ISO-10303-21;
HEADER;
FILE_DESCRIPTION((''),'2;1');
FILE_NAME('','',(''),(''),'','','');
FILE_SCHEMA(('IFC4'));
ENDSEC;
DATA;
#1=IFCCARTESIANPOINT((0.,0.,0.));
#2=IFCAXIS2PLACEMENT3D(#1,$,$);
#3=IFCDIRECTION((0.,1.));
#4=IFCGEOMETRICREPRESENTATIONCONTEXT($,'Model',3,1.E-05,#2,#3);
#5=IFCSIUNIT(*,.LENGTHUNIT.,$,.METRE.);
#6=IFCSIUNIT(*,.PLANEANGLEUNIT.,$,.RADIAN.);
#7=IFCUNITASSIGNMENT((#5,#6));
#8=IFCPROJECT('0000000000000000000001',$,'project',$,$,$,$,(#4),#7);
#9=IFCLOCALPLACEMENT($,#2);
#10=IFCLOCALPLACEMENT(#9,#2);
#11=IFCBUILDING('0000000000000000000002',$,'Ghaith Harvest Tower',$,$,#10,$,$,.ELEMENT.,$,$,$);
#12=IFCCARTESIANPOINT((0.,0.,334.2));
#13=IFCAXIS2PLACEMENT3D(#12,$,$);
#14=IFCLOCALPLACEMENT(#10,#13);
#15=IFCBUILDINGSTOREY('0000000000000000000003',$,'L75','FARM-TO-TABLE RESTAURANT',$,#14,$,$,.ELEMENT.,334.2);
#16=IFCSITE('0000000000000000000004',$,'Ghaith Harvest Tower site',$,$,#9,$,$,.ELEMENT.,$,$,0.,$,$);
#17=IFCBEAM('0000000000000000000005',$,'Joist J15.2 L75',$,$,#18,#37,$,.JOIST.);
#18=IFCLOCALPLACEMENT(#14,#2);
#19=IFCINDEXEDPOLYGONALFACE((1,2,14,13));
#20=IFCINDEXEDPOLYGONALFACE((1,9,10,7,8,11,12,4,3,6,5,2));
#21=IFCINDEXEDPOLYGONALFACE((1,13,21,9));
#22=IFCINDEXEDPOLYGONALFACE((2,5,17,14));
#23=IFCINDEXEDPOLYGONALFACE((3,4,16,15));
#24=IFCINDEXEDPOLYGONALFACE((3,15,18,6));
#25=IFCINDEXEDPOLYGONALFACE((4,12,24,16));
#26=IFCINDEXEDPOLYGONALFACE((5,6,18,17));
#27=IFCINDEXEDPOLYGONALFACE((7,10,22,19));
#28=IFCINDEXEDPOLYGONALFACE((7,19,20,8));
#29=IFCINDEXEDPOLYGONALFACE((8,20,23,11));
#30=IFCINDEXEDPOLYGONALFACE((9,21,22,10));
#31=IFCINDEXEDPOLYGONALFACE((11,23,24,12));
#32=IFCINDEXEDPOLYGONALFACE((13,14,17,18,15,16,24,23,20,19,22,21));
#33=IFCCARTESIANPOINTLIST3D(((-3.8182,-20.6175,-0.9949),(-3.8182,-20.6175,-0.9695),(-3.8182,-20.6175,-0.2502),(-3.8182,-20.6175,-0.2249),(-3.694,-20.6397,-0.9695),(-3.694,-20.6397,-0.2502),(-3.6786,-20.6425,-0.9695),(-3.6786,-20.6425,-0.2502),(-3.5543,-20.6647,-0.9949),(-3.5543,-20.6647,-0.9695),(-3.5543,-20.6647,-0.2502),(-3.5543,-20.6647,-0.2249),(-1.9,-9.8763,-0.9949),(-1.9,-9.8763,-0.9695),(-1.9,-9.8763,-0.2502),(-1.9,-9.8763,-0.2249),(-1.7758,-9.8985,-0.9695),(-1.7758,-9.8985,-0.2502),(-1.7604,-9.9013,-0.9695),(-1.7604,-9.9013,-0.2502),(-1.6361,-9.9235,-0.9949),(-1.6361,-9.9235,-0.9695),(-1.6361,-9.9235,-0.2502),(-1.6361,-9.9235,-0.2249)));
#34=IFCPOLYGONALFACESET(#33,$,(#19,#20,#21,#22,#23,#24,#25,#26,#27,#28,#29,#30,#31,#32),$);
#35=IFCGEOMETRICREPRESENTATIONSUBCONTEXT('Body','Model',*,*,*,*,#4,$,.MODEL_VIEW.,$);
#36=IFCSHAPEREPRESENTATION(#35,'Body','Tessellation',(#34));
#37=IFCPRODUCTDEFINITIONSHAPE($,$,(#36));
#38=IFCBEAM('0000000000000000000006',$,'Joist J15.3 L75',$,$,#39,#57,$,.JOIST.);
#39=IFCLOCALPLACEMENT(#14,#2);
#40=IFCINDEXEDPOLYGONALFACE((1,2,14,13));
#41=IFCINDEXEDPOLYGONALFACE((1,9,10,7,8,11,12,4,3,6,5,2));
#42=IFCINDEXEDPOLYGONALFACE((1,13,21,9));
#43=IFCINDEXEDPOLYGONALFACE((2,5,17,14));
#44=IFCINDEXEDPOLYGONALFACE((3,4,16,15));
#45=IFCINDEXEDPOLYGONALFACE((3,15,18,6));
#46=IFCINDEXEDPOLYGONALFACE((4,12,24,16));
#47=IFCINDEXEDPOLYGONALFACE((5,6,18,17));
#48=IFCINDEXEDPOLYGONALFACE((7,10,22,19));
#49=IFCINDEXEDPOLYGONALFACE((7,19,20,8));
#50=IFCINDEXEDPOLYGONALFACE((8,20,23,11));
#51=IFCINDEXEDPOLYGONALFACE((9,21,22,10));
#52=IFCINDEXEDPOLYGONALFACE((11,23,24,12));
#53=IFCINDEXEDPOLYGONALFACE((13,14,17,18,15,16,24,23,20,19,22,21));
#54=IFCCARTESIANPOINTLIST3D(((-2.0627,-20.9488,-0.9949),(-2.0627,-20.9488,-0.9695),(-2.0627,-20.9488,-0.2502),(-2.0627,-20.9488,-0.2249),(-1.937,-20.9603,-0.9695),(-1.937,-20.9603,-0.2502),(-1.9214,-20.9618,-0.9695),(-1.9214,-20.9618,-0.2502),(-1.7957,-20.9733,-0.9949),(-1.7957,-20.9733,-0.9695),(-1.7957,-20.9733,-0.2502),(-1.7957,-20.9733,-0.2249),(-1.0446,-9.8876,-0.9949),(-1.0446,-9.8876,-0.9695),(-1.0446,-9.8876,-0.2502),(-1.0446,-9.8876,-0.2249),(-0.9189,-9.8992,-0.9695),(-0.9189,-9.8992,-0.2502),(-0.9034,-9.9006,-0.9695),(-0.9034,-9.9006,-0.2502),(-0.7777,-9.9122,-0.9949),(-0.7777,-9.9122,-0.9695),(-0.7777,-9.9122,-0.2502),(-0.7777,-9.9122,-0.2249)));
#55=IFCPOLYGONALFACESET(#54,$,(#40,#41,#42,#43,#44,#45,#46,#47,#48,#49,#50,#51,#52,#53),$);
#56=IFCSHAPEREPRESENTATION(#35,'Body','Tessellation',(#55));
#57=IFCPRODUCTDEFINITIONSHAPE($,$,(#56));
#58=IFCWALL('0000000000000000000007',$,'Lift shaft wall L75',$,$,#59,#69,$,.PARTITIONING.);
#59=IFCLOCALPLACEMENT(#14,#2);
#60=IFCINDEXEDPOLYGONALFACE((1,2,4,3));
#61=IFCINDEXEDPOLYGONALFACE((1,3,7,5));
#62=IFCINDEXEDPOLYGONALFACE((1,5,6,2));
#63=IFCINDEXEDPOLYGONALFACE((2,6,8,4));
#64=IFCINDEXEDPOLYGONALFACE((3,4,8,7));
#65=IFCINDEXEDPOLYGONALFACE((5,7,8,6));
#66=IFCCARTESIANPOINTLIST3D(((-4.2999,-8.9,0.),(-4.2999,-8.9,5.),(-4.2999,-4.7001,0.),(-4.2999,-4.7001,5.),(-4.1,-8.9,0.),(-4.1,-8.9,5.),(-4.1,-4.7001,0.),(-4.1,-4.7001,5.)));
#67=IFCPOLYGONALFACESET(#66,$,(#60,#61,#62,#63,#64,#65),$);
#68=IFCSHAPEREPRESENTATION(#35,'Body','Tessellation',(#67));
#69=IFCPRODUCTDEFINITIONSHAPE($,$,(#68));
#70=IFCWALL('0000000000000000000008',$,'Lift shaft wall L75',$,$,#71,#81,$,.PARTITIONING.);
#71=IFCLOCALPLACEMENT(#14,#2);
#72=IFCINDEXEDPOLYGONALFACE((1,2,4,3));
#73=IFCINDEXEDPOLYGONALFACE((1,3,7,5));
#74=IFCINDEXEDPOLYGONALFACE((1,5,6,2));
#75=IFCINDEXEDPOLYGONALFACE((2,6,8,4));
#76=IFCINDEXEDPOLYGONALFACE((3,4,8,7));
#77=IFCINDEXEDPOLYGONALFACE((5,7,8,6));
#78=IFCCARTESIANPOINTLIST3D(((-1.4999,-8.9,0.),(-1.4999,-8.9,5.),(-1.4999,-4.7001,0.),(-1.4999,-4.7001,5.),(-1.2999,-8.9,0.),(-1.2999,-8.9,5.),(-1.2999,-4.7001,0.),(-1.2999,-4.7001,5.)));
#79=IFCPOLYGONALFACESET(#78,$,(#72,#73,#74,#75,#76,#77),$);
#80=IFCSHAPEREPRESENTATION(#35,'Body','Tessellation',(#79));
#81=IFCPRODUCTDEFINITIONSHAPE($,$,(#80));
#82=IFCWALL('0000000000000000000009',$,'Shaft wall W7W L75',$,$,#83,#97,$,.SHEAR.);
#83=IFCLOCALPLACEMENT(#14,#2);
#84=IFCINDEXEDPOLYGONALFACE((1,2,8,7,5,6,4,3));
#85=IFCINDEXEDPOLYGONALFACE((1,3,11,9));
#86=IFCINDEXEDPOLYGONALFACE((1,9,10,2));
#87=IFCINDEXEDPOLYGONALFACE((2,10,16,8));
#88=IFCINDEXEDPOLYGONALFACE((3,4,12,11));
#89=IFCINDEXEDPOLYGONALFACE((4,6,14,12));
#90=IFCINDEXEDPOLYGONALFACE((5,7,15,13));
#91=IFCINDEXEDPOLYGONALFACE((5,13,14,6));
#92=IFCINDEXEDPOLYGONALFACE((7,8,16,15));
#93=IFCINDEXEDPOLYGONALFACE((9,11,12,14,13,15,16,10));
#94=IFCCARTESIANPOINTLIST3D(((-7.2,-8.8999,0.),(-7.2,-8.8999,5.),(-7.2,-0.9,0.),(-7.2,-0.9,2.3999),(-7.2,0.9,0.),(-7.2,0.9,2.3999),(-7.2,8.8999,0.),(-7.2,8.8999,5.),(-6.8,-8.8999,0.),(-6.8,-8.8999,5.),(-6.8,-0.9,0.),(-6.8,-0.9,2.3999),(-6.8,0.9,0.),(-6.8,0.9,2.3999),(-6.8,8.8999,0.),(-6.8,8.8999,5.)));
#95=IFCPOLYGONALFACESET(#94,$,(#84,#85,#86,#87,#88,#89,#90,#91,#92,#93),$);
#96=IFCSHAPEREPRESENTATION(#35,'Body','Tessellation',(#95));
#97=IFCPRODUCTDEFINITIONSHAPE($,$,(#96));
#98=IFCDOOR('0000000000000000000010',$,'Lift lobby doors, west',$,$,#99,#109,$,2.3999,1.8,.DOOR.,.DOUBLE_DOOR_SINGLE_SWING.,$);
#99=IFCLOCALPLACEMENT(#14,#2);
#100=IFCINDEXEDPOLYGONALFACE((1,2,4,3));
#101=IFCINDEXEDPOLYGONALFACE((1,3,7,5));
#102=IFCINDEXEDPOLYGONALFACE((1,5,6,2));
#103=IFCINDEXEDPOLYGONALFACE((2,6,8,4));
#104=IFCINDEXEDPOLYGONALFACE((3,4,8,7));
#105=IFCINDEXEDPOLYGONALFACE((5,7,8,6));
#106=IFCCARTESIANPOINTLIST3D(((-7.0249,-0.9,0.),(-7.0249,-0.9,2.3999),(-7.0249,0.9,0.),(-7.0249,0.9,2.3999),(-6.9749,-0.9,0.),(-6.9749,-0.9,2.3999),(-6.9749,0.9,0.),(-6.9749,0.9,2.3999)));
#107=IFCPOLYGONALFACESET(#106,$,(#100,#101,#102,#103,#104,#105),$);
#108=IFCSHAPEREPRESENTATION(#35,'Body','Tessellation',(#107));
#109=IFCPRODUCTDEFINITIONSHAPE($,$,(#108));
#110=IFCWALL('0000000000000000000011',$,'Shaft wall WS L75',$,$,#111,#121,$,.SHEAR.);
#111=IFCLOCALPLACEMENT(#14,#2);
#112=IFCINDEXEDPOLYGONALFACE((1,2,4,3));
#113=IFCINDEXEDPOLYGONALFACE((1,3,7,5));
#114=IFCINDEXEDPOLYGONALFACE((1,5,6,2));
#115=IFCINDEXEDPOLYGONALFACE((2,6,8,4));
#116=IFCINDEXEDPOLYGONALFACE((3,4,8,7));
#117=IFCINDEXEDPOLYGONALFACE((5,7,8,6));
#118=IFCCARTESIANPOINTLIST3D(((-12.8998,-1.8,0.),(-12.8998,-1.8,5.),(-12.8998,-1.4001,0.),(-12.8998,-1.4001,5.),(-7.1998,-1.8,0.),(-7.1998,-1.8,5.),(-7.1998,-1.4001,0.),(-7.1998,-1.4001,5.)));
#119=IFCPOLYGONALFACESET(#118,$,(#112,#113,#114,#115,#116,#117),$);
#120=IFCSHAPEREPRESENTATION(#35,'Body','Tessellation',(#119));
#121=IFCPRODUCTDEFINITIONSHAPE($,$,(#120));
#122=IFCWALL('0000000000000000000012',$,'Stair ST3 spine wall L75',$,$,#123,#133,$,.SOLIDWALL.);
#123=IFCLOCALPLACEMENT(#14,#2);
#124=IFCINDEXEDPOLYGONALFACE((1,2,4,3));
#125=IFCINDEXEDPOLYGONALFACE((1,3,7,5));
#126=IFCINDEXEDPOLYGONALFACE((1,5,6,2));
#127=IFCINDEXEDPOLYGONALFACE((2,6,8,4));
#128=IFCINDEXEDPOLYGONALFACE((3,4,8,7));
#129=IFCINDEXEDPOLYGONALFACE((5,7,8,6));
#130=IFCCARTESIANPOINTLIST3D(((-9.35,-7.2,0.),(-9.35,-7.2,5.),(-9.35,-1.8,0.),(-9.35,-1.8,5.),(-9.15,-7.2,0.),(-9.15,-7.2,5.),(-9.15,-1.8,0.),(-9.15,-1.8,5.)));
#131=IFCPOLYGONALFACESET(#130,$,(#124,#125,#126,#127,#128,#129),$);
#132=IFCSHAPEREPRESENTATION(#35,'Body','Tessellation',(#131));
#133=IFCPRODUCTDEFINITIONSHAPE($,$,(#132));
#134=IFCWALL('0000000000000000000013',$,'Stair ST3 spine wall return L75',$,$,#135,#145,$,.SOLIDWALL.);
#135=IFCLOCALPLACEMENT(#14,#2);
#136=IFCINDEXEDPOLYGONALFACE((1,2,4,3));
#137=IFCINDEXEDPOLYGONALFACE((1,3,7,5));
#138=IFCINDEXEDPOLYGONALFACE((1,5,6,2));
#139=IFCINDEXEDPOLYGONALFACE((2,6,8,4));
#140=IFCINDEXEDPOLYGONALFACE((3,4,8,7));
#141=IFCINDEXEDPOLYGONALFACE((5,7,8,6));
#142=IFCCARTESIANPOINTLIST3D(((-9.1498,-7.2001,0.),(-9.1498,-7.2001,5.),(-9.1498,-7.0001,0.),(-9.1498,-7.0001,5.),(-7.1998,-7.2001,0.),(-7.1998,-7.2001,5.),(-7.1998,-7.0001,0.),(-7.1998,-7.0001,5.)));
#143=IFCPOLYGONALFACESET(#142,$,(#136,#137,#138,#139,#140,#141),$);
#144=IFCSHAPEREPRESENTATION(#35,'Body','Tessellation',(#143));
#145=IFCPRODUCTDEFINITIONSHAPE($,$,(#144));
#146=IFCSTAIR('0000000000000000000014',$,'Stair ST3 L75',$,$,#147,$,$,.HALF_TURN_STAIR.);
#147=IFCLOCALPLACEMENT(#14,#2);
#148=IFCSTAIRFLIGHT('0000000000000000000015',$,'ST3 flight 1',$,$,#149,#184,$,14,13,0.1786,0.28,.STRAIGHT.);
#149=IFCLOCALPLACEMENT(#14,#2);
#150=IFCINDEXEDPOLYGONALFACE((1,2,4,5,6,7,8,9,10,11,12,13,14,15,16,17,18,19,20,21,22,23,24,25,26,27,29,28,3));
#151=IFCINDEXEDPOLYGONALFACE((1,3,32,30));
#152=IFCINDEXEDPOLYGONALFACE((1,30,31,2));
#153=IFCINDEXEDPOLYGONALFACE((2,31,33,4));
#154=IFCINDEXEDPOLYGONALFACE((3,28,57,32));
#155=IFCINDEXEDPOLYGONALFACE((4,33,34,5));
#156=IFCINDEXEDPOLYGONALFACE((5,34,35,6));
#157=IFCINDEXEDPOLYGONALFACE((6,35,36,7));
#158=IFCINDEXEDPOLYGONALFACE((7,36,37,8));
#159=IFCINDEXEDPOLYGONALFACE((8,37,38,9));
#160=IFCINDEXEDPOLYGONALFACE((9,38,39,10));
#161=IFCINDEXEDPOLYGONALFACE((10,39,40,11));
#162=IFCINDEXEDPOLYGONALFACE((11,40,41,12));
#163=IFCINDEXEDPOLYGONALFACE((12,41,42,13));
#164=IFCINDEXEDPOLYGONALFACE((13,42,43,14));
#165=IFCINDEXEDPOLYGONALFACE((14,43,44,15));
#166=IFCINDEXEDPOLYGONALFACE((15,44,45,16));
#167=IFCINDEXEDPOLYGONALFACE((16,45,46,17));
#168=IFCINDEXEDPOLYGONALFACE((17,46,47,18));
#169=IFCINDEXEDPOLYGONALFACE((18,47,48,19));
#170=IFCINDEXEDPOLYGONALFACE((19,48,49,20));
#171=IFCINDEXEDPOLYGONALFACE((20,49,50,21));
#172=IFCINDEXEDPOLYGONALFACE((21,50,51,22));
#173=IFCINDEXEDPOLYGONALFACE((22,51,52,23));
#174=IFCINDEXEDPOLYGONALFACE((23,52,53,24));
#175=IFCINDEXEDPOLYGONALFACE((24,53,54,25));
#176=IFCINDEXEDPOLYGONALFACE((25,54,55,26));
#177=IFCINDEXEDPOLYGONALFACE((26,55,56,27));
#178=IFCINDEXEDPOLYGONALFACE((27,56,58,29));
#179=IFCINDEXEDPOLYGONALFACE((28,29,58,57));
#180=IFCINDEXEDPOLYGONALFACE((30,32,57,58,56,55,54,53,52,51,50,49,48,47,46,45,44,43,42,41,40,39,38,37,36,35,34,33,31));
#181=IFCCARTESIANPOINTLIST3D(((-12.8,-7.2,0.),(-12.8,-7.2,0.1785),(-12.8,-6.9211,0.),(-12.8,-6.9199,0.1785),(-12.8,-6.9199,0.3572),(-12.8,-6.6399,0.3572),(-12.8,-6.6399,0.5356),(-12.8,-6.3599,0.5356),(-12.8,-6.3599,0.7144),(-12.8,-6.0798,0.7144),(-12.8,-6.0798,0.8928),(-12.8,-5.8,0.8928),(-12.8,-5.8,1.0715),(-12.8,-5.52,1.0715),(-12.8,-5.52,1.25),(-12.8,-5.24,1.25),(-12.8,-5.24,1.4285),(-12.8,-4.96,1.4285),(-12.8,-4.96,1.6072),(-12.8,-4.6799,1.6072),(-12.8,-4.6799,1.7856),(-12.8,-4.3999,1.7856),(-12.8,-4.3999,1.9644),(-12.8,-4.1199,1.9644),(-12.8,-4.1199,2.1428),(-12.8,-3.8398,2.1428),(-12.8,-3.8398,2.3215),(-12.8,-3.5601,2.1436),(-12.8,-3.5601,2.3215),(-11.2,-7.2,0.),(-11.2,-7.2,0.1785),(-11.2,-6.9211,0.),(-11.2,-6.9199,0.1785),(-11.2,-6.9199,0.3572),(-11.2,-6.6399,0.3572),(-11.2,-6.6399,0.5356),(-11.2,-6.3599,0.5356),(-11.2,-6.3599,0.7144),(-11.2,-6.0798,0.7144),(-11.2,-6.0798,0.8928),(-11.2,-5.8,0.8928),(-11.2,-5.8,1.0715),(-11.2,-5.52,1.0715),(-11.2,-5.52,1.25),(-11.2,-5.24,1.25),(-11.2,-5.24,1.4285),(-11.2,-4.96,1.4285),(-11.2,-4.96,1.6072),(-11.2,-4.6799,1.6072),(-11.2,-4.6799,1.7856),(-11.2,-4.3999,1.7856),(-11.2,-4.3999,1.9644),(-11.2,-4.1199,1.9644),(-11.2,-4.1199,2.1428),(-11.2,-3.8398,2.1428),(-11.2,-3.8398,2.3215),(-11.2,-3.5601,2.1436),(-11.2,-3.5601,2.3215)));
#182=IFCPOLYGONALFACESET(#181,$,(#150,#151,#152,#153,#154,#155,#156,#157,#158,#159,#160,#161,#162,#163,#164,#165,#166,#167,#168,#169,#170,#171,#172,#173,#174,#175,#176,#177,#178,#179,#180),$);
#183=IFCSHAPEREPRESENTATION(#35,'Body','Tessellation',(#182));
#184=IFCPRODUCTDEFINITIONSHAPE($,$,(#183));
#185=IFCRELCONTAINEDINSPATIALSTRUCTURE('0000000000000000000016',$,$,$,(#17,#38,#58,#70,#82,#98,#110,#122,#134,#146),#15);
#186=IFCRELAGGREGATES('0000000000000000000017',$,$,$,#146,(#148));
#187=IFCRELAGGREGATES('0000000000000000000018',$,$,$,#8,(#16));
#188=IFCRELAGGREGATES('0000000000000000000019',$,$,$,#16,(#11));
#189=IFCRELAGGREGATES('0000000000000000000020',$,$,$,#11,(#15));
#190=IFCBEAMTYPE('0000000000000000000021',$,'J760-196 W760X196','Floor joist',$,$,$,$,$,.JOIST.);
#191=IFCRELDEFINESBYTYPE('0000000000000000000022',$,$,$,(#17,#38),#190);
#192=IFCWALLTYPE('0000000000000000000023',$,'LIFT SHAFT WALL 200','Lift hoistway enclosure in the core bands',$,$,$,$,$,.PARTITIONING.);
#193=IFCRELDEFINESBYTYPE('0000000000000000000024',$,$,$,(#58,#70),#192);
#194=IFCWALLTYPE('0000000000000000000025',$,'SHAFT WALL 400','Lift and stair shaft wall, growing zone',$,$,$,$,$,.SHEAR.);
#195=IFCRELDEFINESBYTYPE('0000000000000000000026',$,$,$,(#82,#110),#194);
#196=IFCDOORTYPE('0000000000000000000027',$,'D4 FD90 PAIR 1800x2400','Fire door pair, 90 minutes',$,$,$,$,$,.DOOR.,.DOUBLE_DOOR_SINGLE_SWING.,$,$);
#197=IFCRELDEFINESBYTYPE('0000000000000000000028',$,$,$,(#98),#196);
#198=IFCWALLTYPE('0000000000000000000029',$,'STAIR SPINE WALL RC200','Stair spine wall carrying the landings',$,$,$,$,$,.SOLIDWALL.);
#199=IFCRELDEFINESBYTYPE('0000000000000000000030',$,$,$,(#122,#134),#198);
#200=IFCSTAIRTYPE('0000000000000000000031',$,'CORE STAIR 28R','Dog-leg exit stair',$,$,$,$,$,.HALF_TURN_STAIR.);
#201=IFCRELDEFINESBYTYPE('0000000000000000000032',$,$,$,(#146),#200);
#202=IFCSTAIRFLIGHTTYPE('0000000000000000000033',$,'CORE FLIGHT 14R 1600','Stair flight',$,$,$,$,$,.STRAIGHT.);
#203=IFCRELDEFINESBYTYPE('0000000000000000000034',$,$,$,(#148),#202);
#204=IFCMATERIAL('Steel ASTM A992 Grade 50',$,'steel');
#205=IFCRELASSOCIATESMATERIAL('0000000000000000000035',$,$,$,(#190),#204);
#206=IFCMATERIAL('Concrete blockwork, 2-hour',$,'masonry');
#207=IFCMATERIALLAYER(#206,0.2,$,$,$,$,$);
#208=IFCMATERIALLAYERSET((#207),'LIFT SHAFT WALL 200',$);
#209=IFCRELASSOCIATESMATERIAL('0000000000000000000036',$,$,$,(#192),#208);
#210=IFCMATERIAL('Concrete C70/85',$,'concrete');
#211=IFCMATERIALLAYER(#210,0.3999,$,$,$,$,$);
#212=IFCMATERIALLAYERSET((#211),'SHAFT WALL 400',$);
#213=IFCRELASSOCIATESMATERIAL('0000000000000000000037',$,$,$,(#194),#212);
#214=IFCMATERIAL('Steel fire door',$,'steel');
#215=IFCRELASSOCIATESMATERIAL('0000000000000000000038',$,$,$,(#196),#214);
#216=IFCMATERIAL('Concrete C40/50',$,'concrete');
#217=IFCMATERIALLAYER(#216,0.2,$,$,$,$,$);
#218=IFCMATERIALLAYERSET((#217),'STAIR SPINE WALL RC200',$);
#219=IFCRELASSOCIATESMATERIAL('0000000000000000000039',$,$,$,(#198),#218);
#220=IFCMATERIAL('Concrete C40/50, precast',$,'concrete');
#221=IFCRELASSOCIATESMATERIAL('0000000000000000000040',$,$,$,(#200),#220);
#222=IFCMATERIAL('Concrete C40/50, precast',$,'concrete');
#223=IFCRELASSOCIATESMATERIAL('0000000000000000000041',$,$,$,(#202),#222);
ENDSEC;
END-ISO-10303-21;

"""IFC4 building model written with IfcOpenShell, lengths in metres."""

from ifc_helpers import new_model, si_unit, direction, frame, frame_2d, origin, origin_2d, place, context, subcontext, project, spatial, polyline, rectangle, i_section, outline, extrude, material, layer, layer_set, material_profile, profile_set, type_object, element, fill, aggregate, save


model = new_model("IFC4")

# Units and contexts
model_context = context("Model", 3, precision=1e-05, world=origin(), true_north=direction((0.0, 1.0)))
body_context = subcontext(model_context, "Body", "Model", "MODEL_VIEW")
ifc_project = project(units=[si_unit("LENGTHUNIT", "METRE"), si_unit("PLANEANGLEUNIT", "RADIAN")], contexts=[model_context])

# Site, building, storey
site_placement = place(None, origin())
site = spatial("IfcSite", under=ifc_project, at=site_placement, Name="Ghaith Harvest Tower site", CompositionType="ELEMENT", RefElevation=0.0)
building_placement = place(site_placement, origin())
building = spatial("IfcBuilding", under=site, at=building_placement, Name="Ghaith Harvest Tower", CompositionType="ELEMENT")
storey_placement = place(building_placement, frame((0.0, 0.0, 334.2)))
storey = spatial("IfcBuildingStorey", under=building, at=storey_placement, Name="L75", Description="FARM-TO-TABLE RESTAURANT", CompositionType="ELEMENT", Elevation=334.2)

# Beams
ifc_material_1 = material(Name="Steel ASTM A992 Grade 50", Category="steel")
ifc_material_profile_1 = material_profile(ifc_material_1, i_section(OverallWidth=0.2681, OverallDepth=0.77, WebThickness=0.0156, FlangeThickness=0.0254, at=origin_2d()), Name="W760X196")
ifc_profile_set_1 = profile_set([ifc_material_profile_1], Name="Steel ASTM A992 Grade 50")
beam_type_1 = type_object("IfcBeamType", Name="J760-196 W760X196", Description="Floor joist", PredefinedType="JOIST", material=ifc_profile_set_1)
beam_1_placement = place(storey_placement, frame((-1.7681, -9.8999, -0.6099), z_axis=(-0.175803, -0.984425, 0.0), x_axis=(0.984425, -0.175803, 0.0)))
element("IfcBeam", 1, at=beam_1_placement, inside=storey, type_object=beam_type_1, Name="Joist J15.2 L75", PredefinedType="JOIST", context=body_context, shape_type="SweptSolid", body=[
    extrude(i_section(OverallWidth=0.2681, OverallDepth=0.77, WebThickness=0.0156, FlangeThickness=0.0254, at=origin_2d()), origin(), (0.0, 0.0, 1.0), 10.9111),
])
beam_2_placement = place(storey_placement, frame((-0.9111, -9.8999, -0.6099), z_axis=(-0.091651, -0.995791, 0.0), x_axis=(0.995791, -0.091651, 0.0)))
element("IfcBeam", 2, at=beam_2_placement, inside=storey, type_object=beam_type_1, Name="Joist J15.3 L75", PredefinedType="JOIST", context=body_context, shape_type="SweptSolid", body=[
    extrude(i_section(OverallWidth=0.2681, OverallDepth=0.77, WebThickness=0.0156, FlangeThickness=0.0254, at=origin_2d()), origin(), (0.0, 0.0, 1.0), 11.1079),
])

# Walls
ifc_material_2 = material(Name="Concrete blockwork, 2-hour", Category="masonry")
ifc_layer_1 = layer(ifc_material_2, 0.2)
ifc_layer_set_1 = layer_set([ifc_layer_1], Name="LIFT SHAFT WALL 200")
wall_type_1 = type_object("IfcWallType", Name="LIFT SHAFT WALL 200", Description="Lift hoistway enclosure in the core bands", PredefinedType="PARTITIONING", material=ifc_layer_set_1)
for number, where, z_axis, x_axis, name in (
    (3, (-4.2, -4.7, 0.0), (0.0, 0.0, 1.0), (0.0, -1.0, 0.0), "Lift shaft wall L75"),
    (4, (-1.3999, -4.7, 0.0), (0.0, 0.0, 1.0), (0.0, -1.0, 0.0), "Lift shaft wall L75"),
):
    element("IfcWall", number, at=place(storey_placement, frame(where, z_axis=z_axis, x_axis=x_axis)), inside=storey, type_object=wall_type_1, Name=name, PredefinedType="PARTITIONING", context=body_context, shape_type="SweptSolid", body=[
        extrude(rectangle(XDim=4.2, YDim=0.2, at=frame_2d((2.1001, 0.0))), origin(), (0.0, 0.0, 1.0), 5.0),
    ])

# Wall, opening, door
ifc_material_3 = material(Name="Concrete C70/85", Category="concrete")
ifc_layer_2 = layer(ifc_material_3, 0.3999)
ifc_layer_set_2 = layer_set([ifc_layer_2], Name="SHAFT WALL 400")
wall_type_2 = type_object("IfcWallType", Name="SHAFT WALL 400", Description="Lift and stair shaft wall, growing zone", PredefinedType="SHEAR", material=ifc_layer_set_2)
wall_1_placement = place(storey_placement, frame((-7.0, -8.8999, 0.0), z_axis=(0.0, 0.0, 1.0), x_axis=(0.0, 1.0, 0.0)))
wall_1 = element("IfcWall", 5, at=wall_1_placement, inside=storey, type_object=wall_type_2, Name="Shaft wall W7W L75", PredefinedType="SHEAR", context=body_context, shape_type="SweptSolid", body=[
    extrude(rectangle(XDim=17.7998, YDim=0.3999, at=frame_2d((8.8999, 0.0))), origin(), (0.0, 0.0, 1.0), 5.0),
])
opening_1_placement = place(wall_1_placement, frame((8.0, 0.0, 0.0)))
opening_1 = element("IfcOpeningElement", 6, at=opening_1_placement, cuts=wall_1, PredefinedType="OPENING", context=body_context, shape_type="SweptSolid", body=[
    extrude(rectangle(XDim=1.8, YDim=2.3999, at=frame_2d((0.8999, 1.2))), frame((0.0, 0.21, 0.0), z_axis=(0.0, -1.0, 0.0), x_axis=(1.0, 0.0, 0.0)), (0.0, 0.0, 1.0), 0.4199),
])
ifc_material_4 = material(Name="Steel fire door", Category="steel")
door_type_1 = type_object("IfcDoorType", Name="D4 FD90 PAIR 1800x2400", Description="Fire door pair, 90 minutes", OperationType="DOUBLE_DOOR_SINGLE_SWING", PredefinedType="DOOR", material=ifc_material_4)
door_1_placement = place(opening_1_placement, origin())
door_1 = element("IfcDoor", 7, at=door_1_placement, inside=storey, type_object=door_type_1, Name="Lift lobby doors, west", OperationType="DOUBLE_DOOR_SINGLE_SWING", OverallHeight=2.3999, OverallWidth=1.8, PredefinedType="DOOR", context=body_context, shape_type="SweptSolid", body=[
    extrude(rectangle(XDim=1.8, YDim=2.3999, at=frame_2d((0.8999, 1.2))), frame((0.0, 0.0249, 0.0), z_axis=(0.0, -1.0, 0.0), x_axis=(1.0, 0.0, 0.0)), (0.0, 0.0, 1.0), 0.05),
])
fill(opening_1, door_1)

# Walls
wall_2_placement = place(storey_placement, frame((-12.8999, -1.6001, 0.0), z_axis=(0.0, 0.0, 1.0), x_axis=(1.0, 0.0, 0.0)))
element("IfcWall", 8, at=wall_2_placement, inside=storey, type_object=wall_type_2, Name="Shaft wall WS L75", PredefinedType="SHEAR", context=body_context, shape_type="SweptSolid", body=[
    extrude(rectangle(XDim=5.7, YDim=0.3999, at=frame_2d((2.8501, 0.0))), origin(), (0.0, 0.0, 1.0), 5.0),
])
ifc_material_5 = material(Name="Concrete C40/50", Category="concrete")
ifc_layer_3 = layer(ifc_material_5, 0.2)
ifc_layer_set_3 = layer_set([ifc_layer_3], Name="STAIR SPINE WALL RC200")
wall_type_3 = type_object("IfcWallType", Name="STAIR SPINE WALL RC200", Description="Stair spine wall carrying the landings", PredefinedType="SOLIDWALL", material=ifc_layer_set_3)
wall_3_placement = place(storey_placement, frame((-9.25, -7.2, 0.0), z_axis=(0.0, 0.0, 1.0), x_axis=(0.0, 1.0, 0.0)))
element("IfcWall", 9, at=wall_3_placement, inside=storey, type_object=wall_type_3, Name="Stair ST3 spine wall L75", PredefinedType="SOLIDWALL", context=body_context, shape_type="SweptSolid", body=[
    extrude(rectangle(XDim=5.3999, YDim=0.2, at=frame_2d((2.7, 0.0))), origin(), (0.0, 0.0, 1.0), 5.0),
])
wall_4_placement = place(storey_placement, frame((-9.1499, -7.1001, 0.0), z_axis=(0.0, 0.0, 1.0), x_axis=(1.0, 0.0, 0.0)))
element("IfcWall", 10, at=wall_4_placement, inside=storey, type_object=wall_type_3, Name="Stair ST3 spine wall return L75", PredefinedType="SOLIDWALL", context=body_context, shape_type="SweptSolid", body=[
    extrude(rectangle(XDim=1.95, YDim=0.2, at=frame_2d((0.9751, 0.0))), origin(), (0.0, 0.0, 1.0), 5.0),
])

# Stair, stair flight
ifc_material_6 = material(Name="Concrete C40/50, precast", Category="concrete")
stair_type = type_object("IfcStairType", Name="CORE STAIR 28R", Description="Dog-leg exit stair", PredefinedType="HALF_TURN_STAIR", material=ifc_material_6)
stair_placement = place(storey_placement, origin())
stair = element("IfcStair", 11, at=stair_placement, inside=storey, type_object=stair_type, Name="Stair ST3 L75", PredefinedType="HALF_TURN_STAIR")
ifc_material_7 = material(Name="Concrete C40/50, precast", Category="concrete")
stair_flight_type = type_object("IfcStairFlightType", Name="CORE FLIGHT 14R 1600", Description="Stair flight", PredefinedType="STRAIGHT", material=ifc_material_7)
stair_flight_1_placement = place(storey_placement, frame((-12.0, -7.2, 0.0), z_axis=(0.0, 0.0, 1.0), x_axis=(0.0, 1.0, 0.0)))
stair_flight_1 = element("IfcStairFlight", 12, at=stair_flight_1_placement, type_object=stair_flight_type, Name="ST3 flight 1", NumberOfRisers=14, NumberOfTreads=13, PredefinedType="STRAIGHT", RiserHeight=0.1786, TreadLength=0.28, context=body_context, shape_type="SweptSolid", body=[
    extrude(outline(polyline([(0.0, 0.0), (0.0, 0.1785), (0.28, 0.1785), (0.28, 0.3572), (0.5601, 0.3572), (0.5601, 0.5356), (0.8401, 0.5356), (0.8401, 0.7144), (1.1201, 0.7144), (1.1201, 0.8928), (1.3999, 0.8928), (1.3999, 1.0715), (1.6799, 1.0715), (1.6799, 1.25), (1.96, 1.25), (1.96, 1.4285), (2.24, 1.4285), (2.24, 1.6072), (2.52, 1.6072), (2.52, 1.7856), (2.8, 1.7856), (2.8, 1.9644), (3.0801, 1.9644), (3.0801, 2.1428), (3.3601, 2.1428), (3.3601, 2.3215), (3.6399, 2.3215), (3.6399, 2.5), (3.6399, 2.1436), (0.2788, 0.0), (0.0, 0.0)])), frame((0.0, 0.8, 0.0), z_axis=(0.0, -1.0, 0.0), x_axis=(1.0, 0.0, 0.0)), (0.0, 0.0, 1.0), 1.6001),
])
aggregate(stair, [stair_flight_1])

save(model, "model.ifc")
